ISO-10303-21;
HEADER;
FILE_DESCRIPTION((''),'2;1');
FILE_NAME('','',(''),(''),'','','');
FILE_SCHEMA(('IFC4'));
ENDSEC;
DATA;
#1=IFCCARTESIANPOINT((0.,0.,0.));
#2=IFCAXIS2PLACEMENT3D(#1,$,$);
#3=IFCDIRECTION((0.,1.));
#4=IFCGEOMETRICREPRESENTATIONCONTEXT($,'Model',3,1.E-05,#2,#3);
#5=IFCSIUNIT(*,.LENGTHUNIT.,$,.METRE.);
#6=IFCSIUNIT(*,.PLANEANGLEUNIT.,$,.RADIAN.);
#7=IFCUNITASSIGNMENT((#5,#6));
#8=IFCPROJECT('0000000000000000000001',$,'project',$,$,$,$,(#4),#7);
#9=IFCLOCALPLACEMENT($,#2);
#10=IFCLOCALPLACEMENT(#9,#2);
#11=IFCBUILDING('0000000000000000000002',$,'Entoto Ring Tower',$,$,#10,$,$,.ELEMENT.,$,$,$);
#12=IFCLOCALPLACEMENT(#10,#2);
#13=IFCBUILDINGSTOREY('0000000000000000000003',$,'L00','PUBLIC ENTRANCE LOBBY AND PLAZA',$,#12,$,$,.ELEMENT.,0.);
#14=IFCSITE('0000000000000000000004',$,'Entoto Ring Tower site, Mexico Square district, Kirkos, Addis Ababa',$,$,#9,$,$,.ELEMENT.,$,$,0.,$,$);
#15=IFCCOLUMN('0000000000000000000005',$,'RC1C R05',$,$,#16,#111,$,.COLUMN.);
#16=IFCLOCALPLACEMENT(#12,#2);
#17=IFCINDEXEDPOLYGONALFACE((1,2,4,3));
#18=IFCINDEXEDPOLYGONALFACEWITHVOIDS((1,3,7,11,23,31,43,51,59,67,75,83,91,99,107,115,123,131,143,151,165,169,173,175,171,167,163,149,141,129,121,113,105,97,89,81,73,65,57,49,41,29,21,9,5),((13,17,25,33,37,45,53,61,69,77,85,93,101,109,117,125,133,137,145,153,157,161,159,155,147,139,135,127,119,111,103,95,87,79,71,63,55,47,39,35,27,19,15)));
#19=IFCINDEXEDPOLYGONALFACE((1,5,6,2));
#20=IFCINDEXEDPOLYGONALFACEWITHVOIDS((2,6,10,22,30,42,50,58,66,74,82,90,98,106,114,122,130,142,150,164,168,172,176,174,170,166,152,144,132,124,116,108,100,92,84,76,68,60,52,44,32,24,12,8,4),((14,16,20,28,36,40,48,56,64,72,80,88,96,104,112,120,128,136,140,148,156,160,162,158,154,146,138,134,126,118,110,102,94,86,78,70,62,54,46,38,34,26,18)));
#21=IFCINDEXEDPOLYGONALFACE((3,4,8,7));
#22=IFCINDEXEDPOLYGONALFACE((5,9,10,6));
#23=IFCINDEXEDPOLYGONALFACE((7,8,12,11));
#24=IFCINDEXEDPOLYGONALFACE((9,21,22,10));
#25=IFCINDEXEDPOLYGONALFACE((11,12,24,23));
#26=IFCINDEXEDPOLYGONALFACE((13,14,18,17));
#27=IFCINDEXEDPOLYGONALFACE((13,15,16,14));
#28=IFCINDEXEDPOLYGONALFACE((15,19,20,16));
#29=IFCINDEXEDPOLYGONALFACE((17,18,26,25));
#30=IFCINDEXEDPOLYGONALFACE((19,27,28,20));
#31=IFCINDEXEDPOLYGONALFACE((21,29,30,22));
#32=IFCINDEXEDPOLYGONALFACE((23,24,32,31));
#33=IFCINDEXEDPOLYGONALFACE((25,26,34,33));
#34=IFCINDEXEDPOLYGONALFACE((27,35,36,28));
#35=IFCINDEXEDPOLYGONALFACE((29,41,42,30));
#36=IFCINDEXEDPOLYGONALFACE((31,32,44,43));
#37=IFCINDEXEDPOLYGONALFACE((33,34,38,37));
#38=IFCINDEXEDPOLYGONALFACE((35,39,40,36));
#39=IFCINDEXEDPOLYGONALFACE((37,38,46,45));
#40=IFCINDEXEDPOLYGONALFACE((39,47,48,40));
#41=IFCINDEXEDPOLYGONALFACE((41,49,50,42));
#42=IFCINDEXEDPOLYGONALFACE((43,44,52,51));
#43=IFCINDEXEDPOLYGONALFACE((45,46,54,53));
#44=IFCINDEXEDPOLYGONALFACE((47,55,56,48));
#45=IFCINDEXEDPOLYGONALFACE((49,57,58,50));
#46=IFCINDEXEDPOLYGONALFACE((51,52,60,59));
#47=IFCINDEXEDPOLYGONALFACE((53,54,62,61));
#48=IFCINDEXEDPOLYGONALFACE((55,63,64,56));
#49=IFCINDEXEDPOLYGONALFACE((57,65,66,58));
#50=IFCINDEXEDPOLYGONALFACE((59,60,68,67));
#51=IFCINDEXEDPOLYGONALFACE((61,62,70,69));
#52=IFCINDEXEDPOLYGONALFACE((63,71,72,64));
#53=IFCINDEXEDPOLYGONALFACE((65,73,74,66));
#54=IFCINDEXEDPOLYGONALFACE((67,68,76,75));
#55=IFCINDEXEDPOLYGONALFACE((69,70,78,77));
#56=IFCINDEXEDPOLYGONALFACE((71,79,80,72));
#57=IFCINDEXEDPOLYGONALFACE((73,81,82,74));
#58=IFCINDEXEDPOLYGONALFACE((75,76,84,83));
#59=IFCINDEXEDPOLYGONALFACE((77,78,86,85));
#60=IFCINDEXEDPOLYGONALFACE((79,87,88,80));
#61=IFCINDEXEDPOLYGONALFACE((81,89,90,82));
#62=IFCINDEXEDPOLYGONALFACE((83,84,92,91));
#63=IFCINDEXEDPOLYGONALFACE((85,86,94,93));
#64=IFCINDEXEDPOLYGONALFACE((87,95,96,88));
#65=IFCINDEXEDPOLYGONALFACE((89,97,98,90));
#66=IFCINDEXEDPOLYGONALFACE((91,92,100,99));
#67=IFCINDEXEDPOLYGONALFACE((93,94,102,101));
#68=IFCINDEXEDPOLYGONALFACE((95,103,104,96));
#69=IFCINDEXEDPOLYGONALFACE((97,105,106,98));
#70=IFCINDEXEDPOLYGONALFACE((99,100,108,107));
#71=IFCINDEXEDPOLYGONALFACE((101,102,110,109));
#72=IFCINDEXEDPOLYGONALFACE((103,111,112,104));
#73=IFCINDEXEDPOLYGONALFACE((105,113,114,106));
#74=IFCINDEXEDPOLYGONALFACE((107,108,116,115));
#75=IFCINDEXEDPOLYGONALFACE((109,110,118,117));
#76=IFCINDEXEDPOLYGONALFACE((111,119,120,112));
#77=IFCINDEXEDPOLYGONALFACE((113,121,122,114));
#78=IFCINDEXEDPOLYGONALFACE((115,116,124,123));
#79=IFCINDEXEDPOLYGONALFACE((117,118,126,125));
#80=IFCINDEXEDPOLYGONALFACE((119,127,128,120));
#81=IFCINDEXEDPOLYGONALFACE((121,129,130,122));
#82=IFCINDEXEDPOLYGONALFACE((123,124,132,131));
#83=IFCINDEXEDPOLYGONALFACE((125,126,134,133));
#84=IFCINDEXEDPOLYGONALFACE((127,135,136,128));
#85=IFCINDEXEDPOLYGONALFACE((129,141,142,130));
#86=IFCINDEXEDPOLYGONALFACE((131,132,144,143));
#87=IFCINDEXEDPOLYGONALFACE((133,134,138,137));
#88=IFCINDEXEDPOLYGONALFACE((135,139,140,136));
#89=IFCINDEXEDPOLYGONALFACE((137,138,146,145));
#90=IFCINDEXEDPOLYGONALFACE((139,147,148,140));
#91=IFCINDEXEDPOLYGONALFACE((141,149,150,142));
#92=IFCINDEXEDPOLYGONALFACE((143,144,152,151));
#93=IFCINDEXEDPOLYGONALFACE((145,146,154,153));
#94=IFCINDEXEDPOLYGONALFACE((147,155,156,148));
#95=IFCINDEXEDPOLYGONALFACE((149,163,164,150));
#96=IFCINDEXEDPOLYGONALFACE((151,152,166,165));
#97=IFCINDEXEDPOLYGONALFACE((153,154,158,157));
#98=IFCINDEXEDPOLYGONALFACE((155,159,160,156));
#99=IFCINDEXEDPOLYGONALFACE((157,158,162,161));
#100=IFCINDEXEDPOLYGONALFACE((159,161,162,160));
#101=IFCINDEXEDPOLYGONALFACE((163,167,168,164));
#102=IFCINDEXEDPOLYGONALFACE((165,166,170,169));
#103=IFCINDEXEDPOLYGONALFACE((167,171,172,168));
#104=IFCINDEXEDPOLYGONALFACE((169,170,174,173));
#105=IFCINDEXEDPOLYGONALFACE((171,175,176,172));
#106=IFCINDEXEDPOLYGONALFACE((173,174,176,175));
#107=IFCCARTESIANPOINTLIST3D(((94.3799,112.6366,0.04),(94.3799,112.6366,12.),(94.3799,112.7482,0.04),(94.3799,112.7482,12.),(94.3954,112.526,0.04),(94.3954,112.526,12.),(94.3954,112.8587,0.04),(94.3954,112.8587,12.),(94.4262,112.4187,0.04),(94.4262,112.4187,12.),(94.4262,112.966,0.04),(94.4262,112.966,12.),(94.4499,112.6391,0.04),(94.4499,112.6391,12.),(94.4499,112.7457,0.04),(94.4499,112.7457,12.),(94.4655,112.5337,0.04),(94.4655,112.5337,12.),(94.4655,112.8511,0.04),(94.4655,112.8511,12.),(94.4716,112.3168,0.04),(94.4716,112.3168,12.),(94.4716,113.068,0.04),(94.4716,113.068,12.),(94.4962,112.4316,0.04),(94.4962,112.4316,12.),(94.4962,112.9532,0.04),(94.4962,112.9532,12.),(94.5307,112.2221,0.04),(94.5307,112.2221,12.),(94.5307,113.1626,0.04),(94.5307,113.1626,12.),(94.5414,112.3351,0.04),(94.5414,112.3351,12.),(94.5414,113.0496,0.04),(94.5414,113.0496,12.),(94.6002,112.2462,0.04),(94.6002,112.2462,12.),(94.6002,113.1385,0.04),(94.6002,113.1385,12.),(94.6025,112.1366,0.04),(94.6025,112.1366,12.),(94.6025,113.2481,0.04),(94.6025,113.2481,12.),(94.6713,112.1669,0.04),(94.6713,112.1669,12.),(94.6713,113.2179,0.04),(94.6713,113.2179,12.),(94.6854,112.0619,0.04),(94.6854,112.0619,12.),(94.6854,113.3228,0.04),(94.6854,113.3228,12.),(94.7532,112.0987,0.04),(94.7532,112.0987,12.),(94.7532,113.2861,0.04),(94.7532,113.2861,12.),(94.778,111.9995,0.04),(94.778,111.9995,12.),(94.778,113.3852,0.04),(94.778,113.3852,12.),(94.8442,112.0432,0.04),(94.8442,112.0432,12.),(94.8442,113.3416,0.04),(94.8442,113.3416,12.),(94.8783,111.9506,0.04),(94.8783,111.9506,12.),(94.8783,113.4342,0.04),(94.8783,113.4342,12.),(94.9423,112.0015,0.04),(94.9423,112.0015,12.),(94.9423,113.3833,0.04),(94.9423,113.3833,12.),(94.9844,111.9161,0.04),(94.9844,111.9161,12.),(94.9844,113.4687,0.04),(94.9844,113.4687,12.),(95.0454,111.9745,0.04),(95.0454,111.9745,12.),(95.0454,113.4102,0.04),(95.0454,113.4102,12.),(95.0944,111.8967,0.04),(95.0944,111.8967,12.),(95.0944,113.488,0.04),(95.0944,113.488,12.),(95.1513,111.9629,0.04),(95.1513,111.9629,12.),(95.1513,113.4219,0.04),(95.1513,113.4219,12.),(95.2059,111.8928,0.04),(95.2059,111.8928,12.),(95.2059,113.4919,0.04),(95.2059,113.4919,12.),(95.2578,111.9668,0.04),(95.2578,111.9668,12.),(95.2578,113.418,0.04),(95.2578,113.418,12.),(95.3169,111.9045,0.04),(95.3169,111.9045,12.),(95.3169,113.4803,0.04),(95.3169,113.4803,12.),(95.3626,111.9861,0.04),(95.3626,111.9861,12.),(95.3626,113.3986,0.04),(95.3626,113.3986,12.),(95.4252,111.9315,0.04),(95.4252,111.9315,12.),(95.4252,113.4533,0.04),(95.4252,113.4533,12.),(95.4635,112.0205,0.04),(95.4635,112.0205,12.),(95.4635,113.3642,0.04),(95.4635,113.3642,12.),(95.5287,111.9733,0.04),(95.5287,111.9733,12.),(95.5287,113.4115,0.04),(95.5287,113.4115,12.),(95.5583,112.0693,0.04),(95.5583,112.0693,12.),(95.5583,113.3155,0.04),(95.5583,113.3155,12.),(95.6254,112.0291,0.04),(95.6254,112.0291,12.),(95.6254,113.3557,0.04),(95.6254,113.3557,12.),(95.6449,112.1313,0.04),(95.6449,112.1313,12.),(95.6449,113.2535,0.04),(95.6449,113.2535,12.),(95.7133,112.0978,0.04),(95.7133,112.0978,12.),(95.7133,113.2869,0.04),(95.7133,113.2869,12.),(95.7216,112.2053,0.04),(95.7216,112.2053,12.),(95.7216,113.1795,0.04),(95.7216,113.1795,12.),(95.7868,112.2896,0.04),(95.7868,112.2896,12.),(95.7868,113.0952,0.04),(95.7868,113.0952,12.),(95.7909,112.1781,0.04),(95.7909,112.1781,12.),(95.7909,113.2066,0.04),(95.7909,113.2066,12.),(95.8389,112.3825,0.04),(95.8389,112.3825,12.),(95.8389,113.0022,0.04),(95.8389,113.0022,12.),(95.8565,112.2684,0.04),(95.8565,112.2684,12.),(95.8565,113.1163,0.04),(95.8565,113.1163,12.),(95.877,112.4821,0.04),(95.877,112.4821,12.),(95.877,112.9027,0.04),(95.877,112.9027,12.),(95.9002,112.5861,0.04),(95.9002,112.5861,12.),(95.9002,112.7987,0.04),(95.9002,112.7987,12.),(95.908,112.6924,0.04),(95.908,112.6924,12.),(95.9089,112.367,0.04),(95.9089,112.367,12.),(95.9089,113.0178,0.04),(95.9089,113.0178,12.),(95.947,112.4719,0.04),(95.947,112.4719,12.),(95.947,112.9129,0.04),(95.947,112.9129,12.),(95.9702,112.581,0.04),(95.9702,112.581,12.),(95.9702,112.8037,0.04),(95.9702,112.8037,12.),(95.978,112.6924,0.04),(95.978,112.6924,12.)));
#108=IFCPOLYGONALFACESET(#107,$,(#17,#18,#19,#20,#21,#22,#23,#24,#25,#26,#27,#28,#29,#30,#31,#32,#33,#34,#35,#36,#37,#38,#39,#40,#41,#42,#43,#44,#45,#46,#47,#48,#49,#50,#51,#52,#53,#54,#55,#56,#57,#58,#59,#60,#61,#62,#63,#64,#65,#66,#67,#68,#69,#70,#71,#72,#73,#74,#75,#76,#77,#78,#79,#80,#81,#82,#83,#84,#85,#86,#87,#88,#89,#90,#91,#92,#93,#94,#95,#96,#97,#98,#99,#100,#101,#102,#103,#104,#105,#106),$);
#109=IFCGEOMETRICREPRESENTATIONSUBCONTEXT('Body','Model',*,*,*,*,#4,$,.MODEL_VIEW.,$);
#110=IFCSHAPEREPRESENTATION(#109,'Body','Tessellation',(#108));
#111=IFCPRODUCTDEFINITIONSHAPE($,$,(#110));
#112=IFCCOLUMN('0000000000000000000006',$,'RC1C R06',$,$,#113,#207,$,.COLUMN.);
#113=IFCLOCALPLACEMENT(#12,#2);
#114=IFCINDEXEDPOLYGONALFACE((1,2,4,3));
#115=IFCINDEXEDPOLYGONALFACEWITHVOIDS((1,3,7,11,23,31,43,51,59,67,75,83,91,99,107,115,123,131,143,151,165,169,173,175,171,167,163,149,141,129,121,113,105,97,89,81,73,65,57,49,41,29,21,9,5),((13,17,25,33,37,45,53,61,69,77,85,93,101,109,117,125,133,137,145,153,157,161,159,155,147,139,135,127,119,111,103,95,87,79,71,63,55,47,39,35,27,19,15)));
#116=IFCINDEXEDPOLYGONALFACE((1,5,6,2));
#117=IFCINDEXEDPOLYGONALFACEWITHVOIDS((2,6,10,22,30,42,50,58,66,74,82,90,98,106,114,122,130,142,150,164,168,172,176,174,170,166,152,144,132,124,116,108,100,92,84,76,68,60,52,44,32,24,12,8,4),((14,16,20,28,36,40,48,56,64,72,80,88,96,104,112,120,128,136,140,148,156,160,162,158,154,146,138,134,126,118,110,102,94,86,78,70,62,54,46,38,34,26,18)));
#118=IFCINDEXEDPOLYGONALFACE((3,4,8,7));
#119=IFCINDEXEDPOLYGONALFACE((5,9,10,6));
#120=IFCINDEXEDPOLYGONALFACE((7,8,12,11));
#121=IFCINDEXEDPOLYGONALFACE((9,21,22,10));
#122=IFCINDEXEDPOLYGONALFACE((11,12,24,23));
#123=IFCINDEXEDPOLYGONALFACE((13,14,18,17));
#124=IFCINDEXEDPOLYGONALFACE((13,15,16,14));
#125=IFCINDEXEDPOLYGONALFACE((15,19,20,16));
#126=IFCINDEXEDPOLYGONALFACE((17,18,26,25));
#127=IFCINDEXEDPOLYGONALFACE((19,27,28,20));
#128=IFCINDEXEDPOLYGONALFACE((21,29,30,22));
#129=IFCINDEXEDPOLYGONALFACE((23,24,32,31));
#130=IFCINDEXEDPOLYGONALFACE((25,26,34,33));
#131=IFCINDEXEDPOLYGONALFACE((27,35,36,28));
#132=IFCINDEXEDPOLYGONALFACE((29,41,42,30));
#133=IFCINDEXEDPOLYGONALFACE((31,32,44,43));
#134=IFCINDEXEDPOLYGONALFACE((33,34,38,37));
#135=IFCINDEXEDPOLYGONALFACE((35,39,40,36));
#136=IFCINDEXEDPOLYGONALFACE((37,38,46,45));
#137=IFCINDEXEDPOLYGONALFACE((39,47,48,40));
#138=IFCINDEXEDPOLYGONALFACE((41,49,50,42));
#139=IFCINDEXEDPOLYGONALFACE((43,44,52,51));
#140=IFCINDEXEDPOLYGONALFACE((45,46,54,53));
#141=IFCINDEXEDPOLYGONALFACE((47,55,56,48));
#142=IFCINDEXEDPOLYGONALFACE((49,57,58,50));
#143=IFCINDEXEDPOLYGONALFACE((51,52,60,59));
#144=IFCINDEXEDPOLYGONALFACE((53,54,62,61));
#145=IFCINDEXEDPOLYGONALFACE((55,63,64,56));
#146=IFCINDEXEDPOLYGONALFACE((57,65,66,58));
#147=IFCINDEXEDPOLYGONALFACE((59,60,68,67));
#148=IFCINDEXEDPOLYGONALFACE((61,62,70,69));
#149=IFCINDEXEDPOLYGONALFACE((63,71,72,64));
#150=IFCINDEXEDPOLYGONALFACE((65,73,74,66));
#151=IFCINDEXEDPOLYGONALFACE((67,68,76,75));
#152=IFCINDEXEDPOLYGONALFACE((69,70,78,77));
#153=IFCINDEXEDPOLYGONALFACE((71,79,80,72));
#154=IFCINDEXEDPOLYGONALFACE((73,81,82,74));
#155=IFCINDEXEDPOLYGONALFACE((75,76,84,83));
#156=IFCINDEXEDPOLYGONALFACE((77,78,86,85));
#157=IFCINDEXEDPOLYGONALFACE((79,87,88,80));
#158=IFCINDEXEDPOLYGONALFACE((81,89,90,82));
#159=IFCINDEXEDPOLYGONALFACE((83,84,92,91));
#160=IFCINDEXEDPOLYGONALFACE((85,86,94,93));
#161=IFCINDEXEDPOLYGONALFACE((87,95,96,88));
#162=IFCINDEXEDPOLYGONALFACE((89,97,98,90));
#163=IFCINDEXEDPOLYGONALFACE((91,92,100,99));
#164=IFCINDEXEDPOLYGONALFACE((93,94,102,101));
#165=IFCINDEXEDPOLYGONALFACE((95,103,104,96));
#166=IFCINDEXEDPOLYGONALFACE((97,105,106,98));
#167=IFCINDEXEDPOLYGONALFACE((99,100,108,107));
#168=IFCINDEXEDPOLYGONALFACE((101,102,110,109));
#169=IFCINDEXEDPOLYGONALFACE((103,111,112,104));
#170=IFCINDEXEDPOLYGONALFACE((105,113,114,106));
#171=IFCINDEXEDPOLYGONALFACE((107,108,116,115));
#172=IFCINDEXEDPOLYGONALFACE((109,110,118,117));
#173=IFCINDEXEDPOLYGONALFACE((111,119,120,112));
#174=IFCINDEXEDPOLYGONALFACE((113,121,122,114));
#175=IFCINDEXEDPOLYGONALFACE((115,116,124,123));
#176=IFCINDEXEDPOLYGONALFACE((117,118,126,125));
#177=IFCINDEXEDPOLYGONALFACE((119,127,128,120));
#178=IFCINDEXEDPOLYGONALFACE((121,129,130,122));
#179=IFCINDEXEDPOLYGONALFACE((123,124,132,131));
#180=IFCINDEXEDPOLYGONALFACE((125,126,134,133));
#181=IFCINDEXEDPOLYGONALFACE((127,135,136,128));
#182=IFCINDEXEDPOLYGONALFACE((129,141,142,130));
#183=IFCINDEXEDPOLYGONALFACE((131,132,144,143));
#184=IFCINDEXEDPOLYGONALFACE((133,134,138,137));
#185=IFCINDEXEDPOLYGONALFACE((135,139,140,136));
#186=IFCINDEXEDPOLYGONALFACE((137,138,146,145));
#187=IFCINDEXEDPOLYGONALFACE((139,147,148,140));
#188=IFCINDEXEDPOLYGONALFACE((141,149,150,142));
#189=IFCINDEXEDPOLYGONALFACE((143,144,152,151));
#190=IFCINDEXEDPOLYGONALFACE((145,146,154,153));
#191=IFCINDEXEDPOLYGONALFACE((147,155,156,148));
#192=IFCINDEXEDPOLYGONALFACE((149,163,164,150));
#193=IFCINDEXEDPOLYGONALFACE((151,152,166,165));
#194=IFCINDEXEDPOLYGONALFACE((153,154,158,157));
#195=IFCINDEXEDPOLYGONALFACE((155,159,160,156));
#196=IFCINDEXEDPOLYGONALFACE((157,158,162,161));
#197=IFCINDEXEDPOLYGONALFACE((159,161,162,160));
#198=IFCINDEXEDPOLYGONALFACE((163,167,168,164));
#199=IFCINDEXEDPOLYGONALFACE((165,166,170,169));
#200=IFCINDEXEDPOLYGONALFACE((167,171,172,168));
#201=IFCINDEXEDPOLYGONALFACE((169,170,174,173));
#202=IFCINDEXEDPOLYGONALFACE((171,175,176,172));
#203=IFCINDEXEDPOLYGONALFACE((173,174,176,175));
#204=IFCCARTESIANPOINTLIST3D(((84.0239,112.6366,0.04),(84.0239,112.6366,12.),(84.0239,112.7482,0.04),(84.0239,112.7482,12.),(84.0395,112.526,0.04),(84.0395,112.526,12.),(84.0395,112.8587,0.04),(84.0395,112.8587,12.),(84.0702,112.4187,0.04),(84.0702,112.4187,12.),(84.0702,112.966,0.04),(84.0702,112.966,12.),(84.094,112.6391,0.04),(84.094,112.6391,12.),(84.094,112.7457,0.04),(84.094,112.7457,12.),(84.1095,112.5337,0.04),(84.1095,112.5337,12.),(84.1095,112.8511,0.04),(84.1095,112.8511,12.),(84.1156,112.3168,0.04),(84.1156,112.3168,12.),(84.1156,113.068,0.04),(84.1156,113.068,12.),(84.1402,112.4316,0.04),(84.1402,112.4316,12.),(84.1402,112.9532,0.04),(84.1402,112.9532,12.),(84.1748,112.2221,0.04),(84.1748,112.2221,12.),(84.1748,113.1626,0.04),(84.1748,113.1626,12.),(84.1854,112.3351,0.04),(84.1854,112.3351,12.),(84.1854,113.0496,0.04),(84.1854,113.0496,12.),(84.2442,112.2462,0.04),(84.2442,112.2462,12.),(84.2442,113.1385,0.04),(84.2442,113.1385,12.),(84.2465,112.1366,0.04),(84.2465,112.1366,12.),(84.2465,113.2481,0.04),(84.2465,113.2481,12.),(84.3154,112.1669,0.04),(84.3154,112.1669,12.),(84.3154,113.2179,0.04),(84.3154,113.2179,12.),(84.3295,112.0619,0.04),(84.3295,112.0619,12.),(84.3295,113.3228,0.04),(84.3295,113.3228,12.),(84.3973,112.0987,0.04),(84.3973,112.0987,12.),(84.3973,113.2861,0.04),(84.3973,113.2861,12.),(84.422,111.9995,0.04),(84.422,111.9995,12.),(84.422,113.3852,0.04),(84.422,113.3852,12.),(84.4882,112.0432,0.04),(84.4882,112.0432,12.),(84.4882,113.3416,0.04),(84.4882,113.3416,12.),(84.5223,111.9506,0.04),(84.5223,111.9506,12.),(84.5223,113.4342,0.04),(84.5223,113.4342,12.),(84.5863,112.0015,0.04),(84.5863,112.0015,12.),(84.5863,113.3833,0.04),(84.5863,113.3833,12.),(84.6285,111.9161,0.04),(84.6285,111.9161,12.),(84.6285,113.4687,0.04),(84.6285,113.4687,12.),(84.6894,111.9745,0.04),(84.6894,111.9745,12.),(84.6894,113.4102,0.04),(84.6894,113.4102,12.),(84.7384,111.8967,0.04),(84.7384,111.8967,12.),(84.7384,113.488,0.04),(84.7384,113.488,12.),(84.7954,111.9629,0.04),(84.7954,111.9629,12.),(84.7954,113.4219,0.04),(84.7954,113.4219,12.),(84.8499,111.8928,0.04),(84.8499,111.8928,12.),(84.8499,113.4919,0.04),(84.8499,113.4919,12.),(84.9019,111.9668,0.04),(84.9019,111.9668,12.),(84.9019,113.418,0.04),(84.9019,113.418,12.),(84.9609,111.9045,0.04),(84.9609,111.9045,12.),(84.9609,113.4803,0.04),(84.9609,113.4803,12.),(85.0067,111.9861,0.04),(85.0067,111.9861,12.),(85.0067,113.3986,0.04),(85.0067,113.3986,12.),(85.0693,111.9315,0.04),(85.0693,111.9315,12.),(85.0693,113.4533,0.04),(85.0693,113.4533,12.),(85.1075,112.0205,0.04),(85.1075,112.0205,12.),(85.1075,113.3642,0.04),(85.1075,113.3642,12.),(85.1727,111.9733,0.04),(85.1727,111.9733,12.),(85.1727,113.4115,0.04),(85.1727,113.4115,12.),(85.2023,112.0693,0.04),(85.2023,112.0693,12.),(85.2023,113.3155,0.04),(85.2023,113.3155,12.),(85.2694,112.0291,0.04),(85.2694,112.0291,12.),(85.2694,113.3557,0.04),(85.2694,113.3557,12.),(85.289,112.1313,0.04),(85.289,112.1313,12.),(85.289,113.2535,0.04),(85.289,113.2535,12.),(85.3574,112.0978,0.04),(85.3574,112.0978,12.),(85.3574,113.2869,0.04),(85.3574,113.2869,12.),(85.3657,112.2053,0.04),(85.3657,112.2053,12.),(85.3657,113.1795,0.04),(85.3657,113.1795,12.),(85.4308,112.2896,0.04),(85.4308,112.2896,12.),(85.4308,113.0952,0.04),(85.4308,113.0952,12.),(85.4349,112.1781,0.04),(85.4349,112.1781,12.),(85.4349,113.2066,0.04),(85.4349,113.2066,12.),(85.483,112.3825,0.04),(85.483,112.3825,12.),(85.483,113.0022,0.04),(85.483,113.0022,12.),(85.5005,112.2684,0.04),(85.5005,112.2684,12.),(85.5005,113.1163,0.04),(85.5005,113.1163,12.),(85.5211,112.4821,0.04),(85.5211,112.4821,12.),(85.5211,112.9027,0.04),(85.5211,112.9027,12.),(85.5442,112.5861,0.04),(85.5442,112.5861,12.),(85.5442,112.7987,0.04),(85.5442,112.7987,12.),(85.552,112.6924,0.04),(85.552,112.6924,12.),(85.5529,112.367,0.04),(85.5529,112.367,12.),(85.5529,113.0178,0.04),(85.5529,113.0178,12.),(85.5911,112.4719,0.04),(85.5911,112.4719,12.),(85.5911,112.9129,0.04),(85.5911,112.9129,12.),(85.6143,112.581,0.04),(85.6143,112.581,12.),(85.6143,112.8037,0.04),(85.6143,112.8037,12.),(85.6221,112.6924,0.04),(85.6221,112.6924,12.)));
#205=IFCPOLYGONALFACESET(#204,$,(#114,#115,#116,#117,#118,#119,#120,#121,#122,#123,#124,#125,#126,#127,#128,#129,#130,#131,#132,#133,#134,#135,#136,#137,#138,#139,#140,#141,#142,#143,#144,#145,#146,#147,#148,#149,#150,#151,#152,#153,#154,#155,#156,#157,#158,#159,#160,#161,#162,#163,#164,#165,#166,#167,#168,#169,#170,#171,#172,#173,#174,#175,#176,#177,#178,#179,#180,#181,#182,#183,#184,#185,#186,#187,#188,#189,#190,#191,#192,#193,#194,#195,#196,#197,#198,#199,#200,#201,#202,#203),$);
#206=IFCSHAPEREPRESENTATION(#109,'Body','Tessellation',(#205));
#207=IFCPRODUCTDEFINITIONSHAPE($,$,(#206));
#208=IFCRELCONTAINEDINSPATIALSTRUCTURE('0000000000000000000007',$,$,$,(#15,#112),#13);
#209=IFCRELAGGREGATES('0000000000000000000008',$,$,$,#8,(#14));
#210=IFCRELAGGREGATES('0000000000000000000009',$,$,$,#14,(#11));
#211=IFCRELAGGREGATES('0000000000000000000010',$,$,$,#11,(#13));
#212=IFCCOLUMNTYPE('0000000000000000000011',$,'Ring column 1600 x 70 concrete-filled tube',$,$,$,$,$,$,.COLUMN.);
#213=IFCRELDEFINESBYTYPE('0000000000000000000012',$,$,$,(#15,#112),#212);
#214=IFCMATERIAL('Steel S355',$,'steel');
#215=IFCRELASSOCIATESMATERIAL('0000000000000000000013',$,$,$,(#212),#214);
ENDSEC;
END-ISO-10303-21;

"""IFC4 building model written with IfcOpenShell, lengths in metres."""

from ifc_helpers import new_model, si_unit, direction, frame, origin, origin_2d, place, context, subcontext, project, spatial, circle, hollow_circle, extrude, material, material_profile, profile_set, type_object, element, save


model = new_model("IFC4")

# Units and contexts
model_context = context("Model", 3, precision=1e-05, world=origin(), true_north=direction((0.0, 1.0)))
body_context = subcontext(model_context, "Body", "Model", "MODEL_VIEW")
ifc_project = project(units=[si_unit("LENGTHUNIT", "METRE"), si_unit("PLANEANGLEUNIT", "RADIAN")], contexts=[model_context])

# Site, building, storey
site_placement = place(None, origin())
site = spatial("IfcSite", under=ifc_project, at=site_placement, Name="Entoto Ring Tower site, Mexico Square district, Kirkos, Addis Ababa", CompositionType="ELEMENT", RefElevation=0.0)
building_placement = place(site_placement, origin())
building = spatial("IfcBuilding", under=site, at=building_placement, Name="Entoto Ring Tower", CompositionType="ELEMENT")
storey_placement = place(building_placement, origin())
storey = spatial("IfcBuildingStorey", under=building, at=storey_placement, Name="L00", Description="PUBLIC ENTRANCE LOBBY AND PLAZA", CompositionType="ELEMENT", Elevation=0.0)

# Columns
ifc_material_1 = material(Name="Steel S355", Category="steel")
ifc_material_profile_1 = material_profile(ifc_material_1, hollow_circle(Radius=0.8, WallThickness=0.0701, at=origin_2d()), Name="CHS 1600 x 70")
ifc_material_2 = material(Name="Concrete C60/75", Category="concrete")
ifc_material_profile_2 = material_profile(ifc_material_2, circle(Radius=0.73, at=origin_2d()), Name="Concrete C60/75 infill")
ifc_profile_set_1 = profile_set([ifc_material_profile_1, ifc_material_profile_2], Name="Steel S355")
column_type_1 = type_object("IfcColumnType", Name="Ring column 1600 x 70 concrete-filled tube", PredefinedType="COLUMN", material=ifc_profile_set_1)
for number, where, z_axis, x_axis, name in (
    (1, (95.178, 112.6924, 0.04), (0.0, 0.0, 1.0), (1.0, 0.0, 0.0), "RC1C R05"),
    (2, (84.822, 112.6924, 0.04), (0.0, 0.0, 1.0), (1.0, 0.0, 0.0), "RC1C R06"),
):
    element("IfcColumn", number, at=place(storey_placement, frame(where, z_axis=z_axis, x_axis=x_axis)), inside=storey, type_object=column_type_1, Name=name, PredefinedType="COLUMN", context=body_context, shape_type="SweptSolid", body=[
        extrude(hollow_circle(Radius=0.8, WallThickness=0.0701, at=origin_2d()), origin(), (0.0, 0.0, 1.0), 11.96),
    ])

save(model, "model.ifc")
